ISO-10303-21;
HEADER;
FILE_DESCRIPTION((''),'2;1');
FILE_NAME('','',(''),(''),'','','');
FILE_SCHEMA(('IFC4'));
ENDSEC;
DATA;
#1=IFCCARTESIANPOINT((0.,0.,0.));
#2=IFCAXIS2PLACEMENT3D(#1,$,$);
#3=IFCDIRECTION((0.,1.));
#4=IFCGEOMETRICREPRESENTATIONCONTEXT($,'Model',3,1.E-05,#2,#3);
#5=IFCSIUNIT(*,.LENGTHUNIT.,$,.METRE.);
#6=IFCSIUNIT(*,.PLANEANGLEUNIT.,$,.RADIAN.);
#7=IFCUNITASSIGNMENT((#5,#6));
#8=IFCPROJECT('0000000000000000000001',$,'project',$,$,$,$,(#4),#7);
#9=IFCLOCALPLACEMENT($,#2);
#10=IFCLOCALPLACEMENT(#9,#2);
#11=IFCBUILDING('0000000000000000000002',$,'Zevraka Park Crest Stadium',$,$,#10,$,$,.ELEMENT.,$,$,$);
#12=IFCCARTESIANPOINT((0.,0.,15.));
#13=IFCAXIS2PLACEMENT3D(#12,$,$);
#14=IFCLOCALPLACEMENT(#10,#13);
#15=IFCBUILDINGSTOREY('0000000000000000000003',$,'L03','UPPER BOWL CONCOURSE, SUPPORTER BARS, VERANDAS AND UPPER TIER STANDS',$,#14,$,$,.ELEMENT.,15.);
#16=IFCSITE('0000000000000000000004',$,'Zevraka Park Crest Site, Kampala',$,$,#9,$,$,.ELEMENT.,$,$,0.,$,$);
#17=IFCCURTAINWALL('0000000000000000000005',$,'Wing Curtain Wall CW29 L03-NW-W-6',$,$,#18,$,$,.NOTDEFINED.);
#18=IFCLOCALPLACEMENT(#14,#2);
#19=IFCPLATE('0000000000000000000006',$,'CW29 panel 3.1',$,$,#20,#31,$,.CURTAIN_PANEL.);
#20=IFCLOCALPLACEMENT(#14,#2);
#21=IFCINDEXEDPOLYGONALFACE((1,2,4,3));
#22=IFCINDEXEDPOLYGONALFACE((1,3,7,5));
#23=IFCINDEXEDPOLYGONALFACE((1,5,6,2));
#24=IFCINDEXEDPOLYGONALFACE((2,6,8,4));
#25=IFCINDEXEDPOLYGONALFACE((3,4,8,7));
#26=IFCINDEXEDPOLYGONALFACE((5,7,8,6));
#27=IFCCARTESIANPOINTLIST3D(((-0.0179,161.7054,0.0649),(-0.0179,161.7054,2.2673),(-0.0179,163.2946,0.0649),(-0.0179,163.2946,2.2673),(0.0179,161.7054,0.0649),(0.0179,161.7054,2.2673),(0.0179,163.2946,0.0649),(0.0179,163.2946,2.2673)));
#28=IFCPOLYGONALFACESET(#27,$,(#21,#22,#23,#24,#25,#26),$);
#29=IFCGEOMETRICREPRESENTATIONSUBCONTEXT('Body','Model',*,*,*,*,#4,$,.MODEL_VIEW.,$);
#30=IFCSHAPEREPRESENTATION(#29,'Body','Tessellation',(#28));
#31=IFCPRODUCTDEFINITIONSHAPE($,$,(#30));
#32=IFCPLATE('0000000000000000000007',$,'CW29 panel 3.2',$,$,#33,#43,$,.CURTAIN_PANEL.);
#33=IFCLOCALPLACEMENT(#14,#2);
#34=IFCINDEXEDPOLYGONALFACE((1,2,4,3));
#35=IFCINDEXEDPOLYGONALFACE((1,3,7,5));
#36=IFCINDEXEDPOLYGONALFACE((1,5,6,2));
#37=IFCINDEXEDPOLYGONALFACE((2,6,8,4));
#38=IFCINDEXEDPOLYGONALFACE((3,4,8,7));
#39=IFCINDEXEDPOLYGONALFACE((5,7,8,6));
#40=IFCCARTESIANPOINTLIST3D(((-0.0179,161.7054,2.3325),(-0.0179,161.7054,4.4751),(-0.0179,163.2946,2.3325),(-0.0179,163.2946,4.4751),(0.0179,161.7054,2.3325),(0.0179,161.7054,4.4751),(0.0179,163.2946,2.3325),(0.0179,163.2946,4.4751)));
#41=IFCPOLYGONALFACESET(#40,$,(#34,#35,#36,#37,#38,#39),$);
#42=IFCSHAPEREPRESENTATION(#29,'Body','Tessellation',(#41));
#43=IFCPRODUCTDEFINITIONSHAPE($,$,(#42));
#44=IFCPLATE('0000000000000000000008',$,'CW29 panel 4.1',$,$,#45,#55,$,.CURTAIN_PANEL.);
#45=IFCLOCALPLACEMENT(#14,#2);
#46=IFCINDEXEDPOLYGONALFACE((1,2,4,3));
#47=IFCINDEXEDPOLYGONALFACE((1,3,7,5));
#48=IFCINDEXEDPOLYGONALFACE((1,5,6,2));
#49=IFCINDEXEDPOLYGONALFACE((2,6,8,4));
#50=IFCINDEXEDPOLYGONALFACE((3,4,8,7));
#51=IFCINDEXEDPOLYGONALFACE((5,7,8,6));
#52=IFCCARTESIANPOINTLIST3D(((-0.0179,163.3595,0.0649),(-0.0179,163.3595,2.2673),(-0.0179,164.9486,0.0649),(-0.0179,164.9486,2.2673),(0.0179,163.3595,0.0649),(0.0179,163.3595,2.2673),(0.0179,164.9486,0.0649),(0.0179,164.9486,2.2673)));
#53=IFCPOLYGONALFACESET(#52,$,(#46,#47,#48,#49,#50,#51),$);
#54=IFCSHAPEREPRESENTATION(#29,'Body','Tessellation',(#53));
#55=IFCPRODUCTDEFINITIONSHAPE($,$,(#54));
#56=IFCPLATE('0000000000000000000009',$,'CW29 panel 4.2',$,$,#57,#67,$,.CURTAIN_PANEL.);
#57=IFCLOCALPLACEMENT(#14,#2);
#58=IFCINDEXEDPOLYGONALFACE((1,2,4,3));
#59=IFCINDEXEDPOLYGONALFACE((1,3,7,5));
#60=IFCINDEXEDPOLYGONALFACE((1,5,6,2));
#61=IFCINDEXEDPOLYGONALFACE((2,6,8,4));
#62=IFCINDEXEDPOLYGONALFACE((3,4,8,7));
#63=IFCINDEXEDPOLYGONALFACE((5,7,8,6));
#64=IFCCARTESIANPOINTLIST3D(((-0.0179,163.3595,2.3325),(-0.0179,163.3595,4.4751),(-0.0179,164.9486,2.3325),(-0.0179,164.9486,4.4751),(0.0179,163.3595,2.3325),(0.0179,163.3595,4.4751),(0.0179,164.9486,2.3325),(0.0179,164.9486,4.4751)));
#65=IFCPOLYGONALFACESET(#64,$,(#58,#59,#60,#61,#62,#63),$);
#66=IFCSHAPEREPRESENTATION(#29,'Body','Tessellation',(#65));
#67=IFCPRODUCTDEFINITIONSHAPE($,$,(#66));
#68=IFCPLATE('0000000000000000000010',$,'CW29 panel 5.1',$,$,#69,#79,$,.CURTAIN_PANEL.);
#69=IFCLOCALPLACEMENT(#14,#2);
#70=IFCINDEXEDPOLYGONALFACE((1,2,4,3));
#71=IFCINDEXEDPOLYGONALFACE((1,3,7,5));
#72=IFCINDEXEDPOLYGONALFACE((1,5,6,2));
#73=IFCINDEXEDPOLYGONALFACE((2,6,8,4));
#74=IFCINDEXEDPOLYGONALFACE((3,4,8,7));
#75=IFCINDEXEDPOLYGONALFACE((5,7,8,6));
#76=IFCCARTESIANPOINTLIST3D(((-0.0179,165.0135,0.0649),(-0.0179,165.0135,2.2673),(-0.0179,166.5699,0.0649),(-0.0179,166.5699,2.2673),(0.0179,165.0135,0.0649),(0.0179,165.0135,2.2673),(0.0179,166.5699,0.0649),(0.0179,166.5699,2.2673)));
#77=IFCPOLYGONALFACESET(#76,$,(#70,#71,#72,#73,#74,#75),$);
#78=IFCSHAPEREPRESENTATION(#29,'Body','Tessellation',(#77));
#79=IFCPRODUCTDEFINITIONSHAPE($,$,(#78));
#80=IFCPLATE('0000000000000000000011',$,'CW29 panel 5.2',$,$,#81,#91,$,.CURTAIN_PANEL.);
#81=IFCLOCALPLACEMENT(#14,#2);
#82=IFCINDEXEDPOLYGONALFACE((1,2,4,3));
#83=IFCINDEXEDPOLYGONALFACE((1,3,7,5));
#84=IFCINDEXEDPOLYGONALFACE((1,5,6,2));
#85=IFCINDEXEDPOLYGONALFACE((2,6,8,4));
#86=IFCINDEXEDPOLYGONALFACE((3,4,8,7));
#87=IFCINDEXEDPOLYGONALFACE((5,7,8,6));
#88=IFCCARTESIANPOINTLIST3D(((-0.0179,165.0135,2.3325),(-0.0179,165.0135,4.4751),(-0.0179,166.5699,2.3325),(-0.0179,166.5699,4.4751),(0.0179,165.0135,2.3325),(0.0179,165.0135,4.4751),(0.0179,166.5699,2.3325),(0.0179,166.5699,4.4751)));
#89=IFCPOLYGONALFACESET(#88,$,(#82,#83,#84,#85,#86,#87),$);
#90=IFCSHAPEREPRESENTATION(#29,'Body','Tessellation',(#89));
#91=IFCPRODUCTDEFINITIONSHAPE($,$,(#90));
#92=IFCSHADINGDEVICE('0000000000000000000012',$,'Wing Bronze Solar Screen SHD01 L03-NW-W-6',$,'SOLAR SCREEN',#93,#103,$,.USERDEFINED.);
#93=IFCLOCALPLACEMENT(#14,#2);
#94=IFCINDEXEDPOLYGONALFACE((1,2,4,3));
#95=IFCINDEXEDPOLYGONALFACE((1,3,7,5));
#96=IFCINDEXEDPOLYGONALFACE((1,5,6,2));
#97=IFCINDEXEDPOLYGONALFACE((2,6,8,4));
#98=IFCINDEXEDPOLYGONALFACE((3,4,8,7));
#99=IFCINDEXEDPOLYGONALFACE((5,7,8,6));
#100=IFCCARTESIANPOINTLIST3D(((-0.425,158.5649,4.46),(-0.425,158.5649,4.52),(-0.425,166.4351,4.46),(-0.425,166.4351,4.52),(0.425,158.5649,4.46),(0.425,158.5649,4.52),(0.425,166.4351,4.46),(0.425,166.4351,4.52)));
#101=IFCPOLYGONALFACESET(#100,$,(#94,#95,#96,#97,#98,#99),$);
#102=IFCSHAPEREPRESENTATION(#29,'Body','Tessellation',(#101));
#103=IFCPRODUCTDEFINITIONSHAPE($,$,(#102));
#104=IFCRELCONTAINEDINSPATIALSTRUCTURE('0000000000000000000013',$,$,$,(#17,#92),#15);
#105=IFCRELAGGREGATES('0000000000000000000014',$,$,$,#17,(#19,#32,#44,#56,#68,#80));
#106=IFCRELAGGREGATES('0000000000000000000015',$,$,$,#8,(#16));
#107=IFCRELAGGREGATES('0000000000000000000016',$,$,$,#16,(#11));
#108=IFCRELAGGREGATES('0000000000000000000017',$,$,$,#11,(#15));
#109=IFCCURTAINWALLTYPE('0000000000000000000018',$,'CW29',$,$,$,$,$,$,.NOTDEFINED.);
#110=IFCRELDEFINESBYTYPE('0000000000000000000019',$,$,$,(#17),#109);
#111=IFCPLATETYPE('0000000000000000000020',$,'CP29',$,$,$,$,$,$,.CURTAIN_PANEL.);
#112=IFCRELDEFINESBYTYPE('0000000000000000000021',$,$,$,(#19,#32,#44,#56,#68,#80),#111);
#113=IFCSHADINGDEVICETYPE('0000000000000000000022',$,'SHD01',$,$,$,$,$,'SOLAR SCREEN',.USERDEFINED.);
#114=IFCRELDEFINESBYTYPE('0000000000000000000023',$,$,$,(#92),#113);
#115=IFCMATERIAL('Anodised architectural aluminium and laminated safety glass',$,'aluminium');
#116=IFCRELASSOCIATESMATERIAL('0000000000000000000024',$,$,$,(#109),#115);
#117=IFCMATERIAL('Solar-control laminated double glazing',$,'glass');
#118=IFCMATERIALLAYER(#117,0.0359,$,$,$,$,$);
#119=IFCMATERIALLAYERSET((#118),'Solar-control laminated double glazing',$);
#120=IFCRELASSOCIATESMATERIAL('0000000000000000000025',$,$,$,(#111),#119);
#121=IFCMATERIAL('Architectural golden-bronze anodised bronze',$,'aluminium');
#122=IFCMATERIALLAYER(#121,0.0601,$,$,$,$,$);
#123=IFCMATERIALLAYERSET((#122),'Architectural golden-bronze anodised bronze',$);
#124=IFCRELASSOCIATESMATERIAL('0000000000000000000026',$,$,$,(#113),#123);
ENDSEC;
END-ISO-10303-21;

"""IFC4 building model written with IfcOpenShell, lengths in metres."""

from ifc_helpers import new_model, si_unit, direction, frame, origin, origin_2d, place, context, subcontext, project, spatial, rectangle, extrude, material, layer, layer_set, type_object, element, aggregate, save


model = new_model("IFC4")

# Units and contexts
model_context = context("Model", 3, precision=1e-05, world=origin(), true_north=direction((0.0, 1.0)))
body_context = subcontext(model_context, "Body", "Model", "MODEL_VIEW")
ifc_project = project(units=[si_unit("LENGTHUNIT", "METRE"), si_unit("PLANEANGLEUNIT", "RADIAN")], contexts=[model_context])

# Site, building, storey
site_placement = place(None, origin())
site = spatial("IfcSite", under=ifc_project, at=site_placement, Name="Zevraka Park Crest Site, Kampala", CompositionType="ELEMENT", RefElevation=0.0)
building_placement = place(site_placement, origin())
building = spatial("IfcBuilding", under=site, at=building_placement, Name="Zevraka Park Crest Stadium", CompositionType="ELEMENT")
storey_placement = place(building_placement, frame((0.0, 0.0, 15.0)))
storey = spatial("IfcBuildingStorey", under=building, at=storey_placement, Name="L03", Description="UPPER BOWL CONCOURSE, SUPPORTER BARS, VERANDAS AND UPPER TIER STANDS", CompositionType="ELEMENT", Elevation=15.0)

# Curtain wall, plates
ifc_material_1 = material(Name="Anodised architectural aluminium and laminated safety glass", Category="aluminium")
curtain_wall_type = type_object("IfcCurtainWallType", Name="CW29", PredefinedType="NOTDEFINED", material=ifc_material_1)
curtain_wall_placement = place(storey_placement, origin())
curtain_wall = element("IfcCurtainWall", 1, at=curtain_wall_placement, inside=storey, type_object=curtain_wall_type, Name="Wing Curtain Wall CW29 L03-NW-W-6", PredefinedType="NOTDEFINED")
ifc_material_2 = material(Name="Solar-control laminated double glazing", Category="glass")
ifc_layer_1 = layer(ifc_material_2, 0.0359)
ifc_layer_set_1 = layer_set([ifc_layer_1], Name="Solar-control laminated double glazing")
plate_type = type_object("IfcPlateType", Name="CP29", PredefinedType="CURTAIN_PANEL", material=ifc_layer_set_1)
plate_1_placement = place(storey_placement, frame((0.0, 162.5, 0.0649), z_axis=(0.0, 0.0, 1.0), x_axis=(0.0, 1.0, 0.0)))
plate_1 = element("IfcPlate", 2, at=plate_1_placement, type_object=plate_type, Name="CW29 panel 3.1", PredefinedType="CURTAIN_PANEL", context=body_context, shape_type="SweptSolid", body=[
    extrude(rectangle(XDim=1.5891, YDim=0.0359, at=origin_2d()), origin(), (0.0, 0.0, 1.0), 2.2024),
])
plate_2_placement = place(storey_placement, frame((0.0, 162.5, 2.3325), z_axis=(0.0, 0.0, 1.0), x_axis=(0.0, 1.0, 0.0)))
plate_2 = element("IfcPlate", 3, at=plate_2_placement, type_object=plate_type, Name="CW29 panel 3.2", PredefinedType="CURTAIN_PANEL", context=body_context, shape_type="SweptSolid", body=[
    extrude(rectangle(XDim=1.5891, YDim=0.0359, at=origin_2d()), origin(), (0.0, 0.0, 1.0), 2.1426),
])
plate_3_placement = place(storey_placement, frame((0.0, 164.1541, 0.0649), z_axis=(0.0, 0.0, 1.0), x_axis=(0.0, 1.0, 0.0)))
plate_3 = element("IfcPlate", 4, at=plate_3_placement, type_object=plate_type, Name="CW29 panel 4.1", PredefinedType="CURTAIN_PANEL", context=body_context, shape_type="SweptSolid", body=[
    extrude(rectangle(XDim=1.5891, YDim=0.0359, at=origin_2d()), origin(), (0.0, 0.0, 1.0), 2.2024),
])
plate_4_placement = place(storey_placement, frame((0.0, 164.1541, 2.3325), z_axis=(0.0, 0.0, 1.0), x_axis=(0.0, 1.0, 0.0)))
plate_4 = element("IfcPlate", 5, at=plate_4_placement, type_object=plate_type, Name="CW29 panel 4.2", PredefinedType="CURTAIN_PANEL", context=body_context, shape_type="SweptSolid", body=[
    extrude(rectangle(XDim=1.5891, YDim=0.0359, at=origin_2d()), origin(), (0.0, 0.0, 1.0), 2.1426),
])
plate_5_placement = place(storey_placement, frame((0.0, 165.7917, 0.0649), z_axis=(0.0, 0.0, 1.0), x_axis=(0.0, 1.0, 0.0)))
plate_5 = element("IfcPlate", 6, at=plate_5_placement, type_object=plate_type, Name="CW29 panel 5.1", PredefinedType="CURTAIN_PANEL", context=body_context, shape_type="SweptSolid", body=[
    extrude(rectangle(XDim=1.5564, YDim=0.0359, at=origin_2d()), origin(), (0.0, 0.0, 1.0), 2.2024),
])
plate_6_placement = place(storey_placement, frame((0.0, 165.7917, 2.3325), z_axis=(0.0, 0.0, 1.0), x_axis=(0.0, 1.0, 0.0)))
plate_6 = element("IfcPlate", 7, at=plate_6_placement, type_object=plate_type, Name="CW29 panel 5.2", PredefinedType="CURTAIN_PANEL", context=body_context, shape_type="SweptSolid", body=[
    extrude(rectangle(XDim=1.5564, YDim=0.0359, at=origin_2d()), origin(), (0.0, 0.0, 1.0), 2.1426),
])
aggregate(curtain_wall, [plate_1, plate_2, plate_3, plate_4, plate_5, plate_6])

# Shading device
ifc_material_3 = material(Name="Architectural golden-bronze anodised bronze", Category="aluminium")
ifc_layer_2 = layer(ifc_material_3, 0.0601)
ifc_layer_set_2 = layer_set([ifc_layer_2], Name="Architectural golden-bronze anodised bronze")
shading_device_type = type_object("IfcShadingDeviceType", Name="SHD01", ElementType="SOLAR SCREEN", PredefinedType="USERDEFINED", material=ifc_layer_set_2)
shading_device_placement = place(storey_placement, frame((0.0, 162.5, 4.46), z_axis=(0.0, 0.0, 1.0), x_axis=(0.0, 1.0, 0.0)))
element("IfcShadingDevice", 8, at=shading_device_placement, inside=storey, type_object=shading_device_type, Name="Wing Bronze Solar Screen SHD01 L03-NW-W-6", ObjectType="SOLAR SCREEN", PredefinedType="USERDEFINED", context=body_context, shape_type="SweptSolid", body=[
    extrude(rectangle(XDim=7.8701, YDim=0.8501, at=origin_2d()), origin(), (0.0, 0.0, 1.0), 0.0601),
])

save(model, "model.ifc")
